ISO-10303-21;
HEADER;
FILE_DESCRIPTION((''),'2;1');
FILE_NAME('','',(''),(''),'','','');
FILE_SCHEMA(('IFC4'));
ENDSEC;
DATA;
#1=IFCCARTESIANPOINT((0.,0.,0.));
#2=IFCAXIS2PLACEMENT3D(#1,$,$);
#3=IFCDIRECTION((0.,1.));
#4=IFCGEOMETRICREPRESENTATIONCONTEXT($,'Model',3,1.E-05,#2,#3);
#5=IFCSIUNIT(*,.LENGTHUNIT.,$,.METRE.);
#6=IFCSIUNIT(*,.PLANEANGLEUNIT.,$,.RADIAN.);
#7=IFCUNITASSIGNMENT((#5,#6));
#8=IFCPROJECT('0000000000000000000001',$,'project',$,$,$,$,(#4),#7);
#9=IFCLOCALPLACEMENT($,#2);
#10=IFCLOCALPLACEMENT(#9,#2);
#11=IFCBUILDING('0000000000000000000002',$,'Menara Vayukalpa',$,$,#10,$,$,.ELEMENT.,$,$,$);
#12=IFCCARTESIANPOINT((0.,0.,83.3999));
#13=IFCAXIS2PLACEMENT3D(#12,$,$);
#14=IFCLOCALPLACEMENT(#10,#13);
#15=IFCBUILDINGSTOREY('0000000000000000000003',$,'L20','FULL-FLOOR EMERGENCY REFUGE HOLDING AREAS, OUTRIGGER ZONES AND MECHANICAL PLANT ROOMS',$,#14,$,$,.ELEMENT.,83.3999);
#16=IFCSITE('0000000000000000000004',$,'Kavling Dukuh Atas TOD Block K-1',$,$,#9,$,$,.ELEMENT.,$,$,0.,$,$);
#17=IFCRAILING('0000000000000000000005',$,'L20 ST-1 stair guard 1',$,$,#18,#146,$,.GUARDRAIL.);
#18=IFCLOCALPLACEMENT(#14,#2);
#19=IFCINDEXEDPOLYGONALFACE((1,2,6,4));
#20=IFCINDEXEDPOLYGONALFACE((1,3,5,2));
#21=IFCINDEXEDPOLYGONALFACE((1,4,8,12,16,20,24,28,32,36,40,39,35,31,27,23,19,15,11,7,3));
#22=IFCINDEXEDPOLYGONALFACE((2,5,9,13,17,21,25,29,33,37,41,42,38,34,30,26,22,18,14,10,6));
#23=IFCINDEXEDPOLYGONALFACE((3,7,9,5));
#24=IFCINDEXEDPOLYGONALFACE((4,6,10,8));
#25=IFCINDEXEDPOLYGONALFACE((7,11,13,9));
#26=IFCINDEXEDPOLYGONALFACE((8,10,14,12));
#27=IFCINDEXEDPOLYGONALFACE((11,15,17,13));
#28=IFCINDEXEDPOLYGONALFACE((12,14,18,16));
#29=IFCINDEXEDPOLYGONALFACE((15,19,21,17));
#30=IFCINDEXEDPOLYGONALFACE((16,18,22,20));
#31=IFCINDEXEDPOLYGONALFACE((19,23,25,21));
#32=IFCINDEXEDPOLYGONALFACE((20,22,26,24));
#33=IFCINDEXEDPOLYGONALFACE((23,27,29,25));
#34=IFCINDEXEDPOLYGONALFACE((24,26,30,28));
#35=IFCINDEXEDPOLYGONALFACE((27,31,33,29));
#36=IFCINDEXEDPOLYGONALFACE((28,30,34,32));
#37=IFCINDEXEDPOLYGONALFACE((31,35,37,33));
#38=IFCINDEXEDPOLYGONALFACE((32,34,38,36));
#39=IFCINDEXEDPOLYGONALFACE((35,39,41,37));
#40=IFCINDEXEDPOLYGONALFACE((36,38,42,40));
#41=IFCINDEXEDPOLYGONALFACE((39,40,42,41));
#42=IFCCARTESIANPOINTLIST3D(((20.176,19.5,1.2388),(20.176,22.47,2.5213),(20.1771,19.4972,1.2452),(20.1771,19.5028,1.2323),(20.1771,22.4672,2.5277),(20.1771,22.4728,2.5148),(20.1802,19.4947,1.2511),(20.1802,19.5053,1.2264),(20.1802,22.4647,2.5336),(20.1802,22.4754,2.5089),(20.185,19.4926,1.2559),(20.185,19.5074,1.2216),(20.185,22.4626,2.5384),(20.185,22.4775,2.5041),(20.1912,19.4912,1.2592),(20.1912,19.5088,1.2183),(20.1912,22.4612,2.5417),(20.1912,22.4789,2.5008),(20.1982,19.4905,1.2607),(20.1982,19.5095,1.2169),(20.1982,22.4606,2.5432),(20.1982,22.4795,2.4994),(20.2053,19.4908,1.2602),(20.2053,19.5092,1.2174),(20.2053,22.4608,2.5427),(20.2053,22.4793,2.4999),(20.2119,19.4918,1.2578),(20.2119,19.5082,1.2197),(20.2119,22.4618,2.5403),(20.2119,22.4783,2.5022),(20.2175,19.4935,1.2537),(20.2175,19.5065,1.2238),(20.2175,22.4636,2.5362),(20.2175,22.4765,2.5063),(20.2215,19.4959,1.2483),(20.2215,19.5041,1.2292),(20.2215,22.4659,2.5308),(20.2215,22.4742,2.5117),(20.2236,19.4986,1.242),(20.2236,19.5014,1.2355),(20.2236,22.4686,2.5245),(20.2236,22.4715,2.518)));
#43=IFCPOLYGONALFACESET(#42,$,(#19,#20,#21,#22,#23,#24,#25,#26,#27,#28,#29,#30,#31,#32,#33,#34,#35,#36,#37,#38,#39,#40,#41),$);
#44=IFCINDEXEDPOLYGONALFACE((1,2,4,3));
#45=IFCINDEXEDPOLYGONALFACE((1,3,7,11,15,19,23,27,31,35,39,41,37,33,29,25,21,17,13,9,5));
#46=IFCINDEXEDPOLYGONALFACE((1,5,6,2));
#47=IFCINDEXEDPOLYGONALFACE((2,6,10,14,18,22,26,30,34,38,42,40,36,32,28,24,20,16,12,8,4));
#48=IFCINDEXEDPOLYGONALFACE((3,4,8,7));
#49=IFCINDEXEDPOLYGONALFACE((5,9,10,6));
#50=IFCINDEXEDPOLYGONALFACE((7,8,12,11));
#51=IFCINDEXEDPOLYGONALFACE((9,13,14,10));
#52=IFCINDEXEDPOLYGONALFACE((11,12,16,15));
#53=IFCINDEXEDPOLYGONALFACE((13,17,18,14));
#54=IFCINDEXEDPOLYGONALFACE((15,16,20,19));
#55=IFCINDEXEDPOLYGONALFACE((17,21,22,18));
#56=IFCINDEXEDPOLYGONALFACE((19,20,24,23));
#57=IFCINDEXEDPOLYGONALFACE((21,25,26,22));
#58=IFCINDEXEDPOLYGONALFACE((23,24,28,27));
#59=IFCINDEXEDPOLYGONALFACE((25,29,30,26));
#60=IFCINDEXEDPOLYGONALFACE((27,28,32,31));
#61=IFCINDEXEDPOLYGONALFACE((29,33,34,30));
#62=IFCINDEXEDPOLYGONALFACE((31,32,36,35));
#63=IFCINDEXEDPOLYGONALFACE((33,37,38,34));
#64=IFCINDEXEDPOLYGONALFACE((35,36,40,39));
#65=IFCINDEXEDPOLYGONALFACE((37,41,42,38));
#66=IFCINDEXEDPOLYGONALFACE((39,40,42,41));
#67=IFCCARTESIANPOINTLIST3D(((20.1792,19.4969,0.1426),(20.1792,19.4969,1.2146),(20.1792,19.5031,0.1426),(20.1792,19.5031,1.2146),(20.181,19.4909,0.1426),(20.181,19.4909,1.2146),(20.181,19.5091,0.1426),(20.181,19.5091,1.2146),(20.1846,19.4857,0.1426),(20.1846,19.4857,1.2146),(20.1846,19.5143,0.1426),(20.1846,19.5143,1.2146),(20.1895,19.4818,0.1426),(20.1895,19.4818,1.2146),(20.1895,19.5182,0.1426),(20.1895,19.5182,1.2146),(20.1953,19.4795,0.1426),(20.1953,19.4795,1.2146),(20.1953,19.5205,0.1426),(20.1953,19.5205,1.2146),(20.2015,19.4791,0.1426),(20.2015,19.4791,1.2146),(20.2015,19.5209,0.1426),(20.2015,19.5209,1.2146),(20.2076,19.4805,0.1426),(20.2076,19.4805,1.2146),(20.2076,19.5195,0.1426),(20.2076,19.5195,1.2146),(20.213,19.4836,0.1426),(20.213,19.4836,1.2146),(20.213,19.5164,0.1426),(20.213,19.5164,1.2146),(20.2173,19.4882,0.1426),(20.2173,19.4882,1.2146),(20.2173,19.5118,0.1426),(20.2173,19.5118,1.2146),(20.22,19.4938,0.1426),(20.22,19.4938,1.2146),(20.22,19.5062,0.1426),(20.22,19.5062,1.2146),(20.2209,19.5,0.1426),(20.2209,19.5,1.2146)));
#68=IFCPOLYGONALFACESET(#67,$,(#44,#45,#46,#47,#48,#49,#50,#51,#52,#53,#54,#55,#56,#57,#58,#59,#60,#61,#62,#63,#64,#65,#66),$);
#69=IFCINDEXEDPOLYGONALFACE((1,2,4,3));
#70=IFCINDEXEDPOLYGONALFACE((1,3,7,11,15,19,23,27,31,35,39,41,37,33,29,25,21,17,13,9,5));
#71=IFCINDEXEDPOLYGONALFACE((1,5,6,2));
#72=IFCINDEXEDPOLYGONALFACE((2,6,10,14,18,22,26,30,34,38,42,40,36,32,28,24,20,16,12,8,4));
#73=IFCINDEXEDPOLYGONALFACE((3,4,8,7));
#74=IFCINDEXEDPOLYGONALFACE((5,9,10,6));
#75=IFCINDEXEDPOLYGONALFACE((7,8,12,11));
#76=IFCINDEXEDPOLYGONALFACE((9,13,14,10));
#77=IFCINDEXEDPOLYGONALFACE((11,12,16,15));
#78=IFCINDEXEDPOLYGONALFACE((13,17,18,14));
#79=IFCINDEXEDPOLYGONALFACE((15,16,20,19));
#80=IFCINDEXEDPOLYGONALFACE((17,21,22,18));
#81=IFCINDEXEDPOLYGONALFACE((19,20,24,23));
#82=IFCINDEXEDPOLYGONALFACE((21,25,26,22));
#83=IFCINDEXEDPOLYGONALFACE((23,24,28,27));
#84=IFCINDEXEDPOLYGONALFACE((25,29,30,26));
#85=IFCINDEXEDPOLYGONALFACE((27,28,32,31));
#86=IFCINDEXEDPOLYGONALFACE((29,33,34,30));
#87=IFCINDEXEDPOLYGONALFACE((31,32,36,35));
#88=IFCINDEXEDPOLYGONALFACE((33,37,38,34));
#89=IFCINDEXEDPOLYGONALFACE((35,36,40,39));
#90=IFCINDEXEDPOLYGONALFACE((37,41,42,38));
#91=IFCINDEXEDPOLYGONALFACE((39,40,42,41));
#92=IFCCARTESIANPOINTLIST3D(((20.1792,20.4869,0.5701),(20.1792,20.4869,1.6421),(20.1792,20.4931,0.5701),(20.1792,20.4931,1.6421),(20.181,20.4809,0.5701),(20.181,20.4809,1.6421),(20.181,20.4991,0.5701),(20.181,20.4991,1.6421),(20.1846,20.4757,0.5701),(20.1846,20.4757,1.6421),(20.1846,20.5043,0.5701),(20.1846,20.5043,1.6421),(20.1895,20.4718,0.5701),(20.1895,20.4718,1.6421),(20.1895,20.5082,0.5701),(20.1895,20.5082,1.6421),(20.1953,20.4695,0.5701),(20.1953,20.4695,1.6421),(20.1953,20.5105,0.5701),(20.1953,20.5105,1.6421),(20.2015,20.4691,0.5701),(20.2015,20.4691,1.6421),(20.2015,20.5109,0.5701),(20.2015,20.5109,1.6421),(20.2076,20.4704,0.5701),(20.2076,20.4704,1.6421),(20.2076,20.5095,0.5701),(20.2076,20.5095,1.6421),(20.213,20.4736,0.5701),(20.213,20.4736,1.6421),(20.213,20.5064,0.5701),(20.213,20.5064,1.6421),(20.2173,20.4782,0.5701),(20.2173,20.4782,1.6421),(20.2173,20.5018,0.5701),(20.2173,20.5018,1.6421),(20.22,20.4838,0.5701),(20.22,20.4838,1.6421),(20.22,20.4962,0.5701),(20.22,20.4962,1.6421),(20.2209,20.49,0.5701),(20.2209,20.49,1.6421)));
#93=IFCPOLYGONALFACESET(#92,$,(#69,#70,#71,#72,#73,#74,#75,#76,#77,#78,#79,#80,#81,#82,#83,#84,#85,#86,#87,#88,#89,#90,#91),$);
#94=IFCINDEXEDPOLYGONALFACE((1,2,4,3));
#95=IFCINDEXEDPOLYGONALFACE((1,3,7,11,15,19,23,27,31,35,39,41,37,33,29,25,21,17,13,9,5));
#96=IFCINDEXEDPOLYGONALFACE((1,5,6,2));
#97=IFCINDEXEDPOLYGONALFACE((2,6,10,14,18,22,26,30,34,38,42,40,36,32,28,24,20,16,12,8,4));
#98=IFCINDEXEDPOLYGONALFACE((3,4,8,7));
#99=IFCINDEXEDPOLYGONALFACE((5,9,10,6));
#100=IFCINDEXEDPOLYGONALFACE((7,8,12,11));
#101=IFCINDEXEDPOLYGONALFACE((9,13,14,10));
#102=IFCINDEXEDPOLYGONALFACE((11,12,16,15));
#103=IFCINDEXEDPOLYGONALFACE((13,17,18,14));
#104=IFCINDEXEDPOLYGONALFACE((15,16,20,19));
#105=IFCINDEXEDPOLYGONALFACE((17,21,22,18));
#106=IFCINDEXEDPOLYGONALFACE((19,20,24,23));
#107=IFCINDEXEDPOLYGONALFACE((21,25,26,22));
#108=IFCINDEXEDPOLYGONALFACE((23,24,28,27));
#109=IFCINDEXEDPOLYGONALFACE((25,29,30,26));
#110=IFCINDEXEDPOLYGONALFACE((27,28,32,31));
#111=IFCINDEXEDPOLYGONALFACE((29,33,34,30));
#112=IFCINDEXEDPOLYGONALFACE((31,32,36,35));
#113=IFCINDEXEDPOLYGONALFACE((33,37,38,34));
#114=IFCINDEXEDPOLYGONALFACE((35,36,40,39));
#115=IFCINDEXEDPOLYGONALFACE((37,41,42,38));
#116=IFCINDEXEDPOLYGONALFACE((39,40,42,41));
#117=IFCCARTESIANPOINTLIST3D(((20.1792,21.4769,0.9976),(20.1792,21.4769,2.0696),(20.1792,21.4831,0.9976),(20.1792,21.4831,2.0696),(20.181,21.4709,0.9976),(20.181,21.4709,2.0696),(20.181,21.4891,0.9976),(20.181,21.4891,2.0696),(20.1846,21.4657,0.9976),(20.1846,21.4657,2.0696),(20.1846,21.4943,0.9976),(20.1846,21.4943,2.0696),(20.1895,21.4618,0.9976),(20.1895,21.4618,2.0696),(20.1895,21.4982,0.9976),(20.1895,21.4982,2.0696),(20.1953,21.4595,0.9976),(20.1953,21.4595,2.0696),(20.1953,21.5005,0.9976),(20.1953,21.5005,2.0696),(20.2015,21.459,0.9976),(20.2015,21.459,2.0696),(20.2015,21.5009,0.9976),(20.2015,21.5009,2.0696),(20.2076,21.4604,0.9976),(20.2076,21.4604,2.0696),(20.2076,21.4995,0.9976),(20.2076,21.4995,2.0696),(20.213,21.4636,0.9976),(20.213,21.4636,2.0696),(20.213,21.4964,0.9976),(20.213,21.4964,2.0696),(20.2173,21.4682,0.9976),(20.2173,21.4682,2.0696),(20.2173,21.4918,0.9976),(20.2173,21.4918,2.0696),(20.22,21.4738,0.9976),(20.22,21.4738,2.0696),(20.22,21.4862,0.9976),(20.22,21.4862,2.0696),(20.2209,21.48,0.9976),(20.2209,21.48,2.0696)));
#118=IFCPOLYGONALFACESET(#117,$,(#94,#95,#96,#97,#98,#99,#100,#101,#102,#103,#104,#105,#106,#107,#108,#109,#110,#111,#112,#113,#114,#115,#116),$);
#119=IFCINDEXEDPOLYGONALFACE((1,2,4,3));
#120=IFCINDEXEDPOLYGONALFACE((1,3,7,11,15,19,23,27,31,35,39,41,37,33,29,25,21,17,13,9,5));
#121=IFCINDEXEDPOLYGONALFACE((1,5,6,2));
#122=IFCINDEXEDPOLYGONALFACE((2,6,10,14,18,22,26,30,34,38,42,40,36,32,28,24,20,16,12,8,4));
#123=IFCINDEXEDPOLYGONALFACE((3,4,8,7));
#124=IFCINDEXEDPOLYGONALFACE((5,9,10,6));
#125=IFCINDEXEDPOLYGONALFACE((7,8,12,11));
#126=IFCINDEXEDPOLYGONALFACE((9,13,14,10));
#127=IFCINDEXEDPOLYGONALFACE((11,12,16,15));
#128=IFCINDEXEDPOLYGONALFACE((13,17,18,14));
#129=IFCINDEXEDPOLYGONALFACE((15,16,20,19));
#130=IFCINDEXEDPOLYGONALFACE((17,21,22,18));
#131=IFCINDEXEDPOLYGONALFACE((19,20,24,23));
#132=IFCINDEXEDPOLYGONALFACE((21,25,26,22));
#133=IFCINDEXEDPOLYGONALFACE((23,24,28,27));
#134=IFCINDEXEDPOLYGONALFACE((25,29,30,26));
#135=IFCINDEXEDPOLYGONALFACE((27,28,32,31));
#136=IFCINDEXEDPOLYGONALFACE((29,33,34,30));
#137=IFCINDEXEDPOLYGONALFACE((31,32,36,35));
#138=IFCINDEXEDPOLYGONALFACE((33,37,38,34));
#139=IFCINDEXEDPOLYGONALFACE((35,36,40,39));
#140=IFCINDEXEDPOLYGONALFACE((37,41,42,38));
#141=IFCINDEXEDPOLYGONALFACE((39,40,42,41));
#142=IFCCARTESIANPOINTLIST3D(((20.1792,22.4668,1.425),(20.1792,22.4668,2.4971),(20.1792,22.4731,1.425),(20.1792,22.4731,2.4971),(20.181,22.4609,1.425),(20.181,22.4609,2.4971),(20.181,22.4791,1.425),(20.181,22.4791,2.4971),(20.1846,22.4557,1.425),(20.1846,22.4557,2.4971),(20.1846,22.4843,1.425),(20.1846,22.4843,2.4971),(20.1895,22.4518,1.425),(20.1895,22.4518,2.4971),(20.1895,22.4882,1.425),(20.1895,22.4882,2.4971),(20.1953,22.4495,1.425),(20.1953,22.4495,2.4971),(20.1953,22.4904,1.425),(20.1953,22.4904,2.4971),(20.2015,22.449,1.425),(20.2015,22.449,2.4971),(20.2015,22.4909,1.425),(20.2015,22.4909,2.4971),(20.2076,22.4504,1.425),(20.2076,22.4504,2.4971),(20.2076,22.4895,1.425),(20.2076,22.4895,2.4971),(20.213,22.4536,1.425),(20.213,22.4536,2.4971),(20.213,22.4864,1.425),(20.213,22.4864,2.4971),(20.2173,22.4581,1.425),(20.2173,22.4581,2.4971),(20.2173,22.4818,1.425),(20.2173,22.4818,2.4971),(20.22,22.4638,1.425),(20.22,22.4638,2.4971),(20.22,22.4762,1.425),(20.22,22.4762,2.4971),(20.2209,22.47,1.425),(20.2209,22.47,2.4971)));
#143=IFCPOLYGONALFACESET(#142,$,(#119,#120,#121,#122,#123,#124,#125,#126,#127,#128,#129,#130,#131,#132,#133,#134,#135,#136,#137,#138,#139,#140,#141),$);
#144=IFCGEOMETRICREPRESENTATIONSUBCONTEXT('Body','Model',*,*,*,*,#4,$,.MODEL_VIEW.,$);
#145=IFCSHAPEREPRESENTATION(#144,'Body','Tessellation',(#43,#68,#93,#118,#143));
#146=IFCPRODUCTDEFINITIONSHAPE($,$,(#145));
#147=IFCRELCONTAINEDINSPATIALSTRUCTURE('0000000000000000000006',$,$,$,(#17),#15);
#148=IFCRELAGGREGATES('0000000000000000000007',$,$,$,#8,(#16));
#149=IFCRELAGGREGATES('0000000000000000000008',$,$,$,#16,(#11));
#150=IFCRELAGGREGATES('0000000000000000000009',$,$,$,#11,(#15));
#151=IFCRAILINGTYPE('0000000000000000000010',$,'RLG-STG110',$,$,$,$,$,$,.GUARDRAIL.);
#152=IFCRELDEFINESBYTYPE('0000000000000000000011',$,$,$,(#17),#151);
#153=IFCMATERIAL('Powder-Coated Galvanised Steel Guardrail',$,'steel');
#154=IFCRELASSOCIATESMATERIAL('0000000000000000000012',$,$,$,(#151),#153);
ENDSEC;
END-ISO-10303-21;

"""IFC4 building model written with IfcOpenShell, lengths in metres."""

from ifc_helpers import new_model, si_unit, direction, frame, origin, origin_2d, place, context, subcontext, project, spatial, circle, extrude, material, type_object, element, save


model = new_model("IFC4")

# Units and contexts
model_context = context("Model", 3, precision=1e-05, world=origin(), true_north=direction((0.0, 1.0)))
body_context = subcontext(model_context, "Body", "Model", "MODEL_VIEW")
ifc_project = project(units=[si_unit("LENGTHUNIT", "METRE"), si_unit("PLANEANGLEUNIT", "RADIAN")], contexts=[model_context])

# Site, building, storey
site_placement = place(None, origin())
site = spatial("IfcSite", under=ifc_project, at=site_placement, Name="Kavling Dukuh Atas TOD Block K-1", CompositionType="ELEMENT", RefElevation=0.0)
building_placement = place(site_placement, origin())
building = spatial("IfcBuilding", under=site, at=building_placement, Name="Menara Vayukalpa", CompositionType="ELEMENT")
storey_placement = place(building_placement, frame((0.0, 0.0, 83.3999)))
storey = spatial("IfcBuildingStorey", under=building, at=storey_placement, Name="L20", Description="FULL-FLOOR EMERGENCY REFUGE HOLDING AREAS, OUTRIGGER ZONES AND MECHANICAL PLANT ROOMS", CompositionType="ELEMENT", Elevation=83.3999)

# Railing
ifc_material_1 = material(Name="Powder-Coated Galvanised Steel Guardrail", Category="steel")
railing_type_1 = type_object("IfcRailingType", Name="RLG-STG110", PredefinedType="GUARDRAIL", material=ifc_material_1)
railing_1_placement = place(storey_placement, frame((20.2, 19.5, 0.1426)))
element("IfcRailing", 1, at=railing_1_placement, inside=storey, type_object=railing_type_1, Name="L20 ST-1 stair guard 1", PredefinedType="GUARDRAIL", context=body_context, shape_type="SweptSolid", body=[
    extrude(circle(Radius=0.0239, at=origin_2d()), frame((0.0, 0.0, 1.0962), z_axis=(0.0, 0.918064, 0.396432), x_axis=(-1.0, 0.0, 0.0)), (0.0, 0.0, 1.0), 3.2351),
    extrude(circle(Radius=0.021, at=origin_2d()), origin(), (0.0, 0.0, 1.0), 1.072),
    extrude(circle(Radius=0.021, at=origin_2d()), frame((0.0, 0.99, 0.4275)), (0.0, 0.0, 1.0), 1.072),
    extrude(circle(Radius=0.021, at=origin_2d()), frame((0.0, 1.98, 0.855)), (0.0, 0.0, 1.0), 1.072),
    extrude(circle(Radius=0.021, at=origin_2d()), frame((0.0, 2.97, 1.2825)), (0.0, 0.0, 1.0), 1.072),
])

save(model, "model.ifc")
